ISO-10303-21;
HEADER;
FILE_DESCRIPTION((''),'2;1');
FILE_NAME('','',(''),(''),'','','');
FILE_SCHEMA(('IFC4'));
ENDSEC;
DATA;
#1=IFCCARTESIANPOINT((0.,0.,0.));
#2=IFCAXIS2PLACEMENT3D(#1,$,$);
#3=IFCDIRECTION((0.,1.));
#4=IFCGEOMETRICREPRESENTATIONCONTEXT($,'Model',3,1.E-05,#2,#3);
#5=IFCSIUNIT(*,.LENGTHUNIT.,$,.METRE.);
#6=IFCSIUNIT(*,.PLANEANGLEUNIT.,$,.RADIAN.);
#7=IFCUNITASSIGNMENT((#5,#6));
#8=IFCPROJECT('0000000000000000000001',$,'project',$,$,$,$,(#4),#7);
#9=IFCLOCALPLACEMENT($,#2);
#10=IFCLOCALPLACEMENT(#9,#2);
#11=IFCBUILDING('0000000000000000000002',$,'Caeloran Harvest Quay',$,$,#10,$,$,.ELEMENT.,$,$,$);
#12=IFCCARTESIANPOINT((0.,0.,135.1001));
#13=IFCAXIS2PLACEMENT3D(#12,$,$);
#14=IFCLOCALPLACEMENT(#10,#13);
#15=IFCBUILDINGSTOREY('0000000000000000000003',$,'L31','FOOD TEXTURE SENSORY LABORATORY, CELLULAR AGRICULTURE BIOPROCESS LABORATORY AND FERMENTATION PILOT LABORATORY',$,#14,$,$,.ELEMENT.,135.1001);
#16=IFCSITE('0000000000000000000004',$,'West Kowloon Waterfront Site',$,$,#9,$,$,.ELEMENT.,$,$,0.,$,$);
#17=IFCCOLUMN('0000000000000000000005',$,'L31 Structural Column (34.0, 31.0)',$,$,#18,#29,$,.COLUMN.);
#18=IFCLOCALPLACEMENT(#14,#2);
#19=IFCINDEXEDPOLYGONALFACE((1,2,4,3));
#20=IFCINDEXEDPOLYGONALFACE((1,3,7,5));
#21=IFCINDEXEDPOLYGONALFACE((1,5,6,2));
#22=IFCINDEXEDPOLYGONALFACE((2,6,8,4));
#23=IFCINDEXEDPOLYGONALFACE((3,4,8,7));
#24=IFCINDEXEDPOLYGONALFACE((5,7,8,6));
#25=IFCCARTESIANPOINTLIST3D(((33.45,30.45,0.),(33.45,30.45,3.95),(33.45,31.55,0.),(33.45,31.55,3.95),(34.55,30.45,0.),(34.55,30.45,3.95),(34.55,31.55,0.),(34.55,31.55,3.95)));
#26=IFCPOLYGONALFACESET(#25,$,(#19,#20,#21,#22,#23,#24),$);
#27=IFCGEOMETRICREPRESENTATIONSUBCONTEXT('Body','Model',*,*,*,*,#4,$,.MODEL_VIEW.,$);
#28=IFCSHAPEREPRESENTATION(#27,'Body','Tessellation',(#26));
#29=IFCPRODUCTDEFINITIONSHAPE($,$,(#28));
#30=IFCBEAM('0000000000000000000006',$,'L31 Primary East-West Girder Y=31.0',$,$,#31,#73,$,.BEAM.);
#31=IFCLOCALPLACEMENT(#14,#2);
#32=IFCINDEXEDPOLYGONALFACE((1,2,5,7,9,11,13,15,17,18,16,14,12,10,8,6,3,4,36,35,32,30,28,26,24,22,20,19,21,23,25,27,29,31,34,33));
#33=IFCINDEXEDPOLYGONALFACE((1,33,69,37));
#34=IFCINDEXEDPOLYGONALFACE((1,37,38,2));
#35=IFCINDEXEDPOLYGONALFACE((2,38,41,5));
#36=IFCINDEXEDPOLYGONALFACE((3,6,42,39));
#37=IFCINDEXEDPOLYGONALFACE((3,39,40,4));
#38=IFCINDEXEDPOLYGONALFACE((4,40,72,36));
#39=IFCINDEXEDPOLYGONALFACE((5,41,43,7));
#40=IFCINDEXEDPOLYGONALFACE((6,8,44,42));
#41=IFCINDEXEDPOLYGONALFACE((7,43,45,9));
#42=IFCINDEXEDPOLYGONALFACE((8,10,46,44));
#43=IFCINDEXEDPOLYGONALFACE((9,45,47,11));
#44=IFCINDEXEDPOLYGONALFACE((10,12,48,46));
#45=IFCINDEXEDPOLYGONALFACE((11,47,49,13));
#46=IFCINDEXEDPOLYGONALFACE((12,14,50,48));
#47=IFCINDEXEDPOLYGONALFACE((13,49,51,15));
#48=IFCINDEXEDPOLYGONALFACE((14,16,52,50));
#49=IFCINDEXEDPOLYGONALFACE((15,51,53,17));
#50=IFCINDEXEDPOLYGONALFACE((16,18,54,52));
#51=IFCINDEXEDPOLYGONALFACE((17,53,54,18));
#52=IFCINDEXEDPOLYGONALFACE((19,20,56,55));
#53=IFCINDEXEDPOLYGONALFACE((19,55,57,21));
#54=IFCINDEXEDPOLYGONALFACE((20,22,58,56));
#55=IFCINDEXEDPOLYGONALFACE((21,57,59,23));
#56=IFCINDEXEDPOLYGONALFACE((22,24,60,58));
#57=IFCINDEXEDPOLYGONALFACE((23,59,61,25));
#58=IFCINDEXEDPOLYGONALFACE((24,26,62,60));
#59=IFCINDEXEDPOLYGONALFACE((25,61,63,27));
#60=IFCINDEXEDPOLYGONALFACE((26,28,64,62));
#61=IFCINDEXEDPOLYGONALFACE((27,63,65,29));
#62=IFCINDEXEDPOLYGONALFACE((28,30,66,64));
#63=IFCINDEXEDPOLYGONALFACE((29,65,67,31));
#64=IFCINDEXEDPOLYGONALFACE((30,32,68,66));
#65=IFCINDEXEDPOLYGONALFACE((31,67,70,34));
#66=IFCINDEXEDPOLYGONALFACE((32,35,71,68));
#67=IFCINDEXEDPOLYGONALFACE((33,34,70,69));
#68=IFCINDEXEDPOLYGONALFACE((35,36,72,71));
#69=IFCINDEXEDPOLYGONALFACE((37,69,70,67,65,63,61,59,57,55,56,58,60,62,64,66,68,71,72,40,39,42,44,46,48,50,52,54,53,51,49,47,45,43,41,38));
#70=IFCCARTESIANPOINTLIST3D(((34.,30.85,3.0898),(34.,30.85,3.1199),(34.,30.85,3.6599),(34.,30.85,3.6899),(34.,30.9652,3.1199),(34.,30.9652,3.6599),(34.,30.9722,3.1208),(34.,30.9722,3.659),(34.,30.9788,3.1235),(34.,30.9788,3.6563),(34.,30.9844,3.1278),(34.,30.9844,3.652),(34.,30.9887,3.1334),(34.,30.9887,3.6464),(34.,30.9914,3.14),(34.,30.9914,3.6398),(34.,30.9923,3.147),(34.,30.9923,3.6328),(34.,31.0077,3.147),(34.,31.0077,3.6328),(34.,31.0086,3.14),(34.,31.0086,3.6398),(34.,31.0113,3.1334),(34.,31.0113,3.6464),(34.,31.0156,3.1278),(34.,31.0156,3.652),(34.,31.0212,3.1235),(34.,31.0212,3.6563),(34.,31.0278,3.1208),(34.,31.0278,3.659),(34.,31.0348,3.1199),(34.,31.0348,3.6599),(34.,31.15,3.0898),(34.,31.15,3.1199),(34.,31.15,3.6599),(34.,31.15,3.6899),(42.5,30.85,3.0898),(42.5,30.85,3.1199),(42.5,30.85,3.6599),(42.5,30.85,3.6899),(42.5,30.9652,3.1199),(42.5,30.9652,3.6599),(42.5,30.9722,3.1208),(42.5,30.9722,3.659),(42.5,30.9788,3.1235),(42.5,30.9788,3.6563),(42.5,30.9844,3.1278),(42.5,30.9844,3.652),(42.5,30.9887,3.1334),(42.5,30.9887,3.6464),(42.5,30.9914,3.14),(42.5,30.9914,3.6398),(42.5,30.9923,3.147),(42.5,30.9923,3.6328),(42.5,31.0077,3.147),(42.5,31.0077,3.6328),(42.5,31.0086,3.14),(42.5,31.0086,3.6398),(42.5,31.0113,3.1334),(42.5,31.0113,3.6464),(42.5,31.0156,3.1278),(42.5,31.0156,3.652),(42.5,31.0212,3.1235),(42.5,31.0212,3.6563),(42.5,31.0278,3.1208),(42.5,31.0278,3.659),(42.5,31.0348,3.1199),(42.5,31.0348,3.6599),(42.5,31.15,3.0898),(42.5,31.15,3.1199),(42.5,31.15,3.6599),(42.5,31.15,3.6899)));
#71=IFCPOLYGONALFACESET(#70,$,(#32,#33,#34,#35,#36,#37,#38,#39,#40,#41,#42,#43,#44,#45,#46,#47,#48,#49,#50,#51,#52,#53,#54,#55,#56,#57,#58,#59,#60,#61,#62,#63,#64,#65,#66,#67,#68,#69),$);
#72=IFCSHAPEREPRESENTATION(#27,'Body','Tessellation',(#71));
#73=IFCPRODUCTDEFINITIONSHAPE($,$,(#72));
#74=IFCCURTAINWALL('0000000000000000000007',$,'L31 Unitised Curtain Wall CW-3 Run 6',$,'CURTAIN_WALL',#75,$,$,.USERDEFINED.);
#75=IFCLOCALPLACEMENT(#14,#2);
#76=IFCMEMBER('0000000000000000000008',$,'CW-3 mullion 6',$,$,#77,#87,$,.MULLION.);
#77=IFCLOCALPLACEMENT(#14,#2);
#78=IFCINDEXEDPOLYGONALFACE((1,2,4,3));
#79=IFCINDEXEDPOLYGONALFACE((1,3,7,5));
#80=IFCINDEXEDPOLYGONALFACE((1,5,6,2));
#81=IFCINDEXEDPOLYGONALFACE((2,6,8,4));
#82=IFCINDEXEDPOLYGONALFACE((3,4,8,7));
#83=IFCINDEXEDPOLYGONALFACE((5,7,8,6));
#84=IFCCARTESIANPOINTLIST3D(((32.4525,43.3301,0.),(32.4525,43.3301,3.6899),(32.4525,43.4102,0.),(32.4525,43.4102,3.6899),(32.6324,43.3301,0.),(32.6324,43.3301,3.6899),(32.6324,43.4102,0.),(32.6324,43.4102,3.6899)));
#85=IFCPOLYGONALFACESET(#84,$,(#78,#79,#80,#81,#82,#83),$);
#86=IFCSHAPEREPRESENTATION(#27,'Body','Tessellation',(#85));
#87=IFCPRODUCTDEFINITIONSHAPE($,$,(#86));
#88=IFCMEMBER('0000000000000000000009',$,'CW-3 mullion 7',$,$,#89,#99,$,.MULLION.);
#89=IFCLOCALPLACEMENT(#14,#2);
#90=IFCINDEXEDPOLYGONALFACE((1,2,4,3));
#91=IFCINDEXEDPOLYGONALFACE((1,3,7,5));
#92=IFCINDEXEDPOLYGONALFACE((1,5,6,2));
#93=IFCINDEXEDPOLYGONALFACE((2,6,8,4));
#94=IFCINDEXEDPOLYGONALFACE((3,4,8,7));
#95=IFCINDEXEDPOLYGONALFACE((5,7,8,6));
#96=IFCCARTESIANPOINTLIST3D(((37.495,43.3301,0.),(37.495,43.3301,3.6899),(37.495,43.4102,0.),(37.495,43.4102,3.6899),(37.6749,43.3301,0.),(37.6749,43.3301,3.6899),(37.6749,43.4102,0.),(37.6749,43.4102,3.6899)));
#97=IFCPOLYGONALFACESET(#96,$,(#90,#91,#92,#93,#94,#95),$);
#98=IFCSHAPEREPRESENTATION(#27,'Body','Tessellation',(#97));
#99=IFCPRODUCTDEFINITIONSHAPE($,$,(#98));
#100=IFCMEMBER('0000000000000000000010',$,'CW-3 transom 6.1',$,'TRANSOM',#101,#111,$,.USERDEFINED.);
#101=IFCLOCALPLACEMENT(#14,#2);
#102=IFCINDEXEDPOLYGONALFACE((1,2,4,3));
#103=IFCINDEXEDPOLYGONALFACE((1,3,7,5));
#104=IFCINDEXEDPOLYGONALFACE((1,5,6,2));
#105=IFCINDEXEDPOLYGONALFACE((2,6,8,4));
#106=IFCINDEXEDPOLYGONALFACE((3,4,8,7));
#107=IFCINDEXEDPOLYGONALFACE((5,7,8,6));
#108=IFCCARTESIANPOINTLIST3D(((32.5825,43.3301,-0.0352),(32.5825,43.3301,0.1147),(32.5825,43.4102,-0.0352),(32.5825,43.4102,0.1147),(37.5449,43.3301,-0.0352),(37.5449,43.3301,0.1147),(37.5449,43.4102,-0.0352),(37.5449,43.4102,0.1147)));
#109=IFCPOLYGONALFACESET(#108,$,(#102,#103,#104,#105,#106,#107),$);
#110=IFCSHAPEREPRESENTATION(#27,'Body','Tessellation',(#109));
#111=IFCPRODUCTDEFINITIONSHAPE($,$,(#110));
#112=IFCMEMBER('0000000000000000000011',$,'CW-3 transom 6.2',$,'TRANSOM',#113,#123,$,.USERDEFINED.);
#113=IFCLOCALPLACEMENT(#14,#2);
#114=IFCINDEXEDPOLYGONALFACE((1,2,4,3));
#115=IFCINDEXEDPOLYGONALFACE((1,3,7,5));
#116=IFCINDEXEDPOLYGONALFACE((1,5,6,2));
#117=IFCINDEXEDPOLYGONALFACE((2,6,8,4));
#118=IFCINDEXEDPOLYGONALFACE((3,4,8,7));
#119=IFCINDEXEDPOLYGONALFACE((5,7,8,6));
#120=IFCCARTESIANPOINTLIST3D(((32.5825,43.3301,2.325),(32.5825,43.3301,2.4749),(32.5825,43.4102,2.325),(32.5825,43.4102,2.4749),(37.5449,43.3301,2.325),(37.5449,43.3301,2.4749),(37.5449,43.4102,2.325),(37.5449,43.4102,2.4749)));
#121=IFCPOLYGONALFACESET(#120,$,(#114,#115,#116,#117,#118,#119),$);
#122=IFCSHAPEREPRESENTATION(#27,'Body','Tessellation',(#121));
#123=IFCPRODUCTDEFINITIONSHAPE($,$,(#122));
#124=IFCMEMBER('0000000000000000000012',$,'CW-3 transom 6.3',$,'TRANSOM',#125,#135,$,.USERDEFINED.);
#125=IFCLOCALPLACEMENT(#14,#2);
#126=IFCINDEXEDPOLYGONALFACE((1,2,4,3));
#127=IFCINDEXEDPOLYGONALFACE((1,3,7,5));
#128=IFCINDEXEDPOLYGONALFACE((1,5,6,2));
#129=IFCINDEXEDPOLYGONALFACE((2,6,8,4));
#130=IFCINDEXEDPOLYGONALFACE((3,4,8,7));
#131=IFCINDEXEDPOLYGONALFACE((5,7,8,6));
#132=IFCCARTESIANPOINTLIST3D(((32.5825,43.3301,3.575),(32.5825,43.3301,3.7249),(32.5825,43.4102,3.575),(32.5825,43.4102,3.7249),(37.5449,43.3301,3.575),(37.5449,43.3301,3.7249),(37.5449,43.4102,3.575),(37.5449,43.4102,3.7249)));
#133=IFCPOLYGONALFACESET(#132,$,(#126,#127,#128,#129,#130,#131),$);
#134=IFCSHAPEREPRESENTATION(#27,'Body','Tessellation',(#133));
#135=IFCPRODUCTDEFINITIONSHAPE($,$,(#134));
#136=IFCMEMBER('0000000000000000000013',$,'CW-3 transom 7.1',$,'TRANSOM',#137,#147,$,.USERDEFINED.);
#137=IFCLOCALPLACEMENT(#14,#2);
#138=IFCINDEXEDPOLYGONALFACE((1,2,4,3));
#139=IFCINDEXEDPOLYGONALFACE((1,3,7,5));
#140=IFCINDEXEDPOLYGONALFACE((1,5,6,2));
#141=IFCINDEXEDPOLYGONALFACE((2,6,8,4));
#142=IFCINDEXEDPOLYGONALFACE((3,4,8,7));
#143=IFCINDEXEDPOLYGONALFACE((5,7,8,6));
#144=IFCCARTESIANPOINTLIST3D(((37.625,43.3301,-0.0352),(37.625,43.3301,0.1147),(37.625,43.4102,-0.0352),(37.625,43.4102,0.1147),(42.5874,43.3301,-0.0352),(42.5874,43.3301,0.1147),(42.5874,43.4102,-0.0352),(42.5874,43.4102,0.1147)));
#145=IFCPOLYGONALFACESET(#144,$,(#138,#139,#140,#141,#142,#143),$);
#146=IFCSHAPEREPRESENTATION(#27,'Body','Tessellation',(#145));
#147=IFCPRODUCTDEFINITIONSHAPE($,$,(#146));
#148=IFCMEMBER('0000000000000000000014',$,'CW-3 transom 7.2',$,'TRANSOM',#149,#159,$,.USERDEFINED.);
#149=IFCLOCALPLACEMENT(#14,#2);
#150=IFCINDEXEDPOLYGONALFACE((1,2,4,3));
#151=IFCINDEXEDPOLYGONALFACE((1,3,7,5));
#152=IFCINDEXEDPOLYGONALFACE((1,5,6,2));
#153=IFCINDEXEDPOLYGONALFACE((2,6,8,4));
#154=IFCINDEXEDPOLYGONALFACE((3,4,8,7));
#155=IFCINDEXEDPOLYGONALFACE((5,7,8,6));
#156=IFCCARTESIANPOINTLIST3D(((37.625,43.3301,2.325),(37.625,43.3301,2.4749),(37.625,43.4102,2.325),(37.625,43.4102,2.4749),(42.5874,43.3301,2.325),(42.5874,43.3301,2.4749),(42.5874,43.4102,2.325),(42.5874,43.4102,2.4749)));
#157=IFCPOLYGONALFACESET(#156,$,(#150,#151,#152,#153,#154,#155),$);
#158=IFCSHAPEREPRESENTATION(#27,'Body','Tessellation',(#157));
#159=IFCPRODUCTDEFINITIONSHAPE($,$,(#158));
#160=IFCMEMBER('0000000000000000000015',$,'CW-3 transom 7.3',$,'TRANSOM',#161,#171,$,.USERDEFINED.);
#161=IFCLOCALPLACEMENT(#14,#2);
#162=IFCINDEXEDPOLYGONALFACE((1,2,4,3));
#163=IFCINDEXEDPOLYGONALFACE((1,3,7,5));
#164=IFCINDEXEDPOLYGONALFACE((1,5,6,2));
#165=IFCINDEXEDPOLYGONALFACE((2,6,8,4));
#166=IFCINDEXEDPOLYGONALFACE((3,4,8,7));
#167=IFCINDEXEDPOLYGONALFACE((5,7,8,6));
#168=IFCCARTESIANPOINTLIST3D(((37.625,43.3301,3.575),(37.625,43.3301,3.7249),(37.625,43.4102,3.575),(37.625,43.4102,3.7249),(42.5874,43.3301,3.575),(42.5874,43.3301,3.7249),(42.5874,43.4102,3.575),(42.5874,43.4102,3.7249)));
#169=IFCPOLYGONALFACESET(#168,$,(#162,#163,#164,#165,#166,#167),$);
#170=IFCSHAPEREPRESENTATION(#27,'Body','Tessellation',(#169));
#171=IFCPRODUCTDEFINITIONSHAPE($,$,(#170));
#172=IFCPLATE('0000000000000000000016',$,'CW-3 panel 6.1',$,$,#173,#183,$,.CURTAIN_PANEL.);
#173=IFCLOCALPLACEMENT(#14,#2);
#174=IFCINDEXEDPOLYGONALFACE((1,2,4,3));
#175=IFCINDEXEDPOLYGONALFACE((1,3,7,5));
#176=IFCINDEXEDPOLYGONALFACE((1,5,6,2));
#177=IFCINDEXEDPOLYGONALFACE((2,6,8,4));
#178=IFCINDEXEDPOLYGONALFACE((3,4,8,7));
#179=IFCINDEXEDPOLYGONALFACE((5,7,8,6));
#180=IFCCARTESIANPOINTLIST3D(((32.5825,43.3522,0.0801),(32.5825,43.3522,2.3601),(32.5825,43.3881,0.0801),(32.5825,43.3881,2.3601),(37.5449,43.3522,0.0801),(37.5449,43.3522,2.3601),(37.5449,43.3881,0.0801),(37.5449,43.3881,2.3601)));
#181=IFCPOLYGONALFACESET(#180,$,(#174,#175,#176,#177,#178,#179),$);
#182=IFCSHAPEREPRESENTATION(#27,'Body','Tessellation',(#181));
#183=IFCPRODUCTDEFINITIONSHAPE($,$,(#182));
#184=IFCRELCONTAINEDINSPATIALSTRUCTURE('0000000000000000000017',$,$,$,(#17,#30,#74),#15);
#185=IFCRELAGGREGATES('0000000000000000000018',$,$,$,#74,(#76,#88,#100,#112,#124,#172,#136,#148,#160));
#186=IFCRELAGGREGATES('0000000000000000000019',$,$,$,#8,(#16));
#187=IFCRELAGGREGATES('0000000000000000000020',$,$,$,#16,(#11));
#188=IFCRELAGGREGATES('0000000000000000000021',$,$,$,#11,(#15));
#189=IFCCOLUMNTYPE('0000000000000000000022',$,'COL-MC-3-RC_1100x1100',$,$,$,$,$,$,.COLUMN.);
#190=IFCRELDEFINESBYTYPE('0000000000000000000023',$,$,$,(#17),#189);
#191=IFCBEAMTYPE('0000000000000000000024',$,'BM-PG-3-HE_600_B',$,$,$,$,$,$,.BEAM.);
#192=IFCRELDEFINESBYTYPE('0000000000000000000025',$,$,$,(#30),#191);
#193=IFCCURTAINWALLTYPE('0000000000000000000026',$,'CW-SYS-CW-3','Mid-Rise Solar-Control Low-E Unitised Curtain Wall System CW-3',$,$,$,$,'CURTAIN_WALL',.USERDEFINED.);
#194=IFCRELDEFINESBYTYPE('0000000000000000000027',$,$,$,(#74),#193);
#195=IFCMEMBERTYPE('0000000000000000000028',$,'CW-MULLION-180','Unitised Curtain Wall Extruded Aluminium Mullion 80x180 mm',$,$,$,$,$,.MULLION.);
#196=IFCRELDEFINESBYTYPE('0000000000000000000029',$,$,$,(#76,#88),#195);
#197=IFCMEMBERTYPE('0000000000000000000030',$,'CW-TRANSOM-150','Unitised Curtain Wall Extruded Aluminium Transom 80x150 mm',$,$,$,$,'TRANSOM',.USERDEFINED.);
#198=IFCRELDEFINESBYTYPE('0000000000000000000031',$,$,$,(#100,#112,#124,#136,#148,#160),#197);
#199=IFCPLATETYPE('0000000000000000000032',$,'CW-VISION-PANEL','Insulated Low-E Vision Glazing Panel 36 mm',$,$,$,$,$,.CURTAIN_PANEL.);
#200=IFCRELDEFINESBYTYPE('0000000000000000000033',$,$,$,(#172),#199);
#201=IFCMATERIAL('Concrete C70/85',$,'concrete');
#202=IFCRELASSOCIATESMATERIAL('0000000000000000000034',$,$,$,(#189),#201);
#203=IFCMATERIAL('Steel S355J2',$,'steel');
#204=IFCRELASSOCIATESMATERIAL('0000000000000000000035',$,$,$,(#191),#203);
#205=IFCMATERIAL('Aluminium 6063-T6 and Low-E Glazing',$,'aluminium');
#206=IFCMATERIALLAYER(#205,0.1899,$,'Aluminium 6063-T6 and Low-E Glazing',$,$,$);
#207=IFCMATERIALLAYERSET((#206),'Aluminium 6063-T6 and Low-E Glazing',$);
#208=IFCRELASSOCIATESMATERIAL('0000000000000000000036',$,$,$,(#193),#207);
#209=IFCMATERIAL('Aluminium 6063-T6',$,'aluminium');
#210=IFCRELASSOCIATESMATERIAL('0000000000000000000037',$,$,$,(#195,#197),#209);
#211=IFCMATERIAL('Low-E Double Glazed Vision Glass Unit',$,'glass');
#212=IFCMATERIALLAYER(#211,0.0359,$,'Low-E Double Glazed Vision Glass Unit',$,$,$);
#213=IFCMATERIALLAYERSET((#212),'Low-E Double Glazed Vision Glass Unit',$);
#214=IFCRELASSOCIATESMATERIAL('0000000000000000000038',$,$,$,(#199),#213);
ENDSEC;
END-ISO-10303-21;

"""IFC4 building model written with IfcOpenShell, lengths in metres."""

from ifc_helpers import new_model, si_unit, direction, frame, origin, origin_2d, place, context, subcontext, project, spatial, rectangle, i_section, extrude, material, layer, layer_set, material_profile, profile_set, type_object, element, aggregate, save


model = new_model("IFC4")

# Units and contexts
model_context = context("Model", 3, precision=1e-05, world=origin(), true_north=direction((0.0, 1.0)))
body_context = subcontext(model_context, "Body", "Model", "MODEL_VIEW")
ifc_project = project(units=[si_unit("LENGTHUNIT", "METRE"), si_unit("PLANEANGLEUNIT", "RADIAN")], contexts=[model_context])

# Site, building, storey
site_placement = place(None, origin())
site = spatial("IfcSite", under=ifc_project, at=site_placement, Name="West Kowloon Waterfront Site", CompositionType="ELEMENT", RefElevation=0.0)
building_placement = place(site_placement, origin())
building = spatial("IfcBuilding", under=site, at=building_placement, Name="Caeloran Harvest Quay", CompositionType="ELEMENT")
storey_placement = place(building_placement, frame((0.0, 0.0, 135.1001)))
storey = spatial("IfcBuildingStorey", under=building, at=storey_placement, Name="L31", Description="FOOD TEXTURE SENSORY LABORATORY, CELLULAR AGRICULTURE BIOPROCESS LABORATORY AND FERMENTATION PILOT LABORATORY", CompositionType="ELEMENT", Elevation=135.1001)

# Column
ifc_material_1 = material(Name="Concrete C70/85", Category="concrete")
ifc_material_profile_1 = material_profile(ifc_material_1, rectangle(XDim=1.1001, YDim=1.1001, at=origin_2d()), Name="RC 1100x1100")
ifc_profile_set_1 = profile_set([ifc_material_profile_1], Name="Concrete C70/85")
column_type = type_object("IfcColumnType", Name="COL-MC-3-RC_1100x1100", PredefinedType="COLUMN", material=ifc_profile_set_1)
column_placement = place(storey_placement, frame((34.0, 31.0, 0.0), z_axis=(0.0, 0.0, 1.0), x_axis=(1.0, 0.0, 0.0)))
element("IfcColumn", 1, at=column_placement, inside=storey, type_object=column_type, Name="L31 Structural Column (34.0, 31.0)", PredefinedType="COLUMN", context=body_context, shape_type="SweptSolid", body=[
    extrude(rectangle(XDim=1.1001, YDim=1.1001, at=origin_2d()), origin(), (0.0, 0.0, 1.0), 3.95),
])

# Beam
ifc_material_2 = material(Name="Steel S355J2", Category="steel")
ifc_material_profile_2 = material_profile(ifc_material_2, i_section(OverallWidth=0.3, OverallDepth=0.6001, WebThickness=0.0154, FlangeThickness=0.03, FilletRadius=0.0271, at=origin_2d()), Name="HE 600 B")
ifc_profile_set_2 = profile_set([ifc_material_profile_2], Name="Steel S355J2")
beam_type = type_object("IfcBeamType", Name="BM-PG-3-HE_600_B", PredefinedType="BEAM", material=ifc_profile_set_2)
beam_placement = place(storey_placement, frame((34.0, 31.0, 3.3899), z_axis=(1.0, 0.0, 0.0), x_axis=(0.0, 1.0, 0.0)))
element("IfcBeam", 2, at=beam_placement, inside=storey, type_object=beam_type, Name="L31 Primary East-West Girder Y=31.0", PredefinedType="BEAM", context=body_context, shape_type="SweptSolid", body=[
    extrude(i_section(OverallWidth=0.3, OverallDepth=0.6001, WebThickness=0.0154, FlangeThickness=0.03, FilletRadius=0.0271, at=origin_2d()), origin(), (0.0, 0.0, 1.0), 8.5),
])

# Curtain wall, members, plate
ifc_material_3 = material(Name="Aluminium 6063-T6 and Low-E Glazing", Category="aluminium")
ifc_layer_1 = layer(ifc_material_3, 0.1899, Name="Aluminium 6063-T6 and Low-E Glazing")
ifc_layer_set_1 = layer_set([ifc_layer_1], Name="Aluminium 6063-T6 and Low-E Glazing")
curtain_wall_type = type_object("IfcCurtainWallType", Name="CW-SYS-CW-3", Description="Mid-Rise Solar-Control Low-E Unitised Curtain Wall System CW-3", ElementType="CURTAIN_WALL", PredefinedType="USERDEFINED", material=ifc_layer_set_1)
curtain_wall_placement = place(storey_placement, origin())
curtain_wall = element("IfcCurtainWall", 3, at=curtain_wall_placement, inside=storey, type_object=curtain_wall_type, Name="L31 Unitised Curtain Wall CW-3 Run 6", ObjectType="CURTAIN_WALL", PredefinedType="USERDEFINED")
ifc_material_4 = material(Name="Aluminium 6063-T6", Category="aluminium")
ifc_material_profile_3 = material_profile(ifc_material_4, rectangle(XDim=0.0801, YDim=0.1799, at=origin_2d()), Name="CW-MULLION-180")
ifc_profile_set_3 = profile_set([ifc_material_profile_3], Name="Aluminium 6063-T6")
member_type_1 = type_object("IfcMemberType", Name="CW-MULLION-180", Description="Unitised Curtain Wall Extruded Aluminium Mullion 80x180 mm", PredefinedType="MULLION", material=ifc_profile_set_3)
member_1_placement = place(storey_placement, frame((32.5425, 43.3701, 0.0), z_axis=(0.0, 0.0, 1.0), x_axis=(0.0, 1.0, 0.0)))
member_1 = element("IfcMember", 4, at=member_1_placement, type_object=member_type_1, Name="CW-3 mullion 6", PredefinedType="MULLION", context=body_context, shape_type="SweptSolid", body=[
    extrude(rectangle(XDim=0.0801, YDim=0.1799, at=origin_2d()), origin(), (0.0, 0.0, 1.0), 3.6899),
])
member_2_placement = place(storey_placement, frame((37.585, 43.3701, 0.0), z_axis=(0.0, 0.0, 1.0), x_axis=(0.0, 1.0, 0.0)))
member_2 = element("IfcMember", 5, at=member_2_placement, type_object=member_type_1, Name="CW-3 mullion 7", PredefinedType="MULLION", context=body_context, shape_type="SweptSolid", body=[
    extrude(rectangle(XDim=0.0801, YDim=0.1799, at=origin_2d()), origin(), (0.0, 0.0, 1.0), 3.6899),
])
ifc_material_profile_4 = material_profile(ifc_material_4, rectangle(XDim=0.0801, YDim=0.1499, at=origin_2d()), Name="CW-TRANSOM-150")
ifc_profile_set_4 = profile_set([ifc_material_profile_4], Name="Aluminium 6063-T6")
member_type_2 = type_object("IfcMemberType", Name="CW-TRANSOM-150", Description="Unitised Curtain Wall Extruded Aluminium Transom 80x150 mm", ElementType="TRANSOM", PredefinedType="USERDEFINED", material=ifc_profile_set_4)
member_3_placement = place(storey_placement, frame((32.5825, 43.3701, 0.0398), z_axis=(1.0, 0.0, 0.0), x_axis=(0.0, 1.0, 0.0)))
member_3 = element("IfcMember", 6, at=member_3_placement, type_object=member_type_2, Name="CW-3 transom 6.1", ObjectType="TRANSOM", PredefinedType="USERDEFINED", context=body_context, shape_type="SweptSolid", body=[
    extrude(rectangle(XDim=0.0801, YDim=0.1499, at=origin_2d()), origin(), (0.0, 0.0, 1.0), 4.9624),
])
member_4_placement = place(storey_placement, frame((32.5825, 43.3701, 2.3999), z_axis=(1.0, 0.0, 0.0), x_axis=(0.0, 1.0, 0.0)))
member_4 = element("IfcMember", 7, at=member_4_placement, type_object=member_type_2, Name="CW-3 transom 6.2", ObjectType="TRANSOM", PredefinedType="USERDEFINED", context=body_context, shape_type="SweptSolid", body=[
    extrude(rectangle(XDim=0.0801, YDim=0.1499, at=origin_2d()), origin(), (0.0, 0.0, 1.0), 4.9624),
])
member_5_placement = place(storey_placement, frame((32.5825, 43.3701, 3.6499), z_axis=(1.0, 0.0, 0.0), x_axis=(0.0, 1.0, 0.0)))
member_5 = element("IfcMember", 8, at=member_5_placement, type_object=member_type_2, Name="CW-3 transom 6.3", ObjectType="TRANSOM", PredefinedType="USERDEFINED", context=body_context, shape_type="SweptSolid", body=[
    extrude(rectangle(XDim=0.0801, YDim=0.1499, at=origin_2d()), origin(), (0.0, 0.0, 1.0), 4.9624),
])
member_6_placement = place(storey_placement, frame((37.625, 43.3701, 0.0398), z_axis=(1.0, 0.0, 0.0), x_axis=(0.0, 1.0, 0.0)))
member_6 = element("IfcMember", 9, at=member_6_placement, type_object=member_type_2, Name="CW-3 transom 7.1", ObjectType="TRANSOM", PredefinedType="USERDEFINED", context=body_context, shape_type="SweptSolid", body=[
    extrude(rectangle(XDim=0.0801, YDim=0.1499, at=origin_2d()), origin(), (0.0, 0.0, 1.0), 4.9624),
])
member_7_placement = place(storey_placement, frame((37.625, 43.3701, 2.3999), z_axis=(1.0, 0.0, 0.0), x_axis=(0.0, 1.0, 0.0)))
member_7 = element("IfcMember", 10, at=member_7_placement, type_object=member_type_2, Name="CW-3 transom 7.2", ObjectType="TRANSOM", PredefinedType="USERDEFINED", context=body_context, shape_type="SweptSolid", body=[
    extrude(rectangle(XDim=0.0801, YDim=0.1499, at=origin_2d()), origin(), (0.0, 0.0, 1.0), 4.9624),
])
member_8_placement = place(storey_placement, frame((37.625, 43.3701, 3.6499), z_axis=(1.0, 0.0, 0.0), x_axis=(0.0, 1.0, 0.0)))
member_8 = element("IfcMember", 11, at=member_8_placement, type_object=member_type_2, Name="CW-3 transom 7.3", ObjectType="TRANSOM", PredefinedType="USERDEFINED", context=body_context, shape_type="SweptSolid", body=[
    extrude(rectangle(XDim=0.0801, YDim=0.1499, at=origin_2d()), origin(), (0.0, 0.0, 1.0), 4.9624),
])
ifc_material_5 = material(Name="Low-E Double Glazed Vision Glass Unit", Category="glass")
ifc_layer_2 = layer(ifc_material_5, 0.0359, Name="Low-E Double Glazed Vision Glass Unit")
ifc_layer_set_2 = layer_set([ifc_layer_2], Name="Low-E Double Glazed Vision Glass Unit")
plate_type = type_object("IfcPlateType", Name="CW-VISION-PANEL", Description="Insulated Low-E Vision Glazing Panel 36 mm", PredefinedType="CURTAIN_PANEL", material=ifc_layer_set_2)
plate_1_placement = place(storey_placement, frame((35.0637, 43.3701, 0.0801), z_axis=(0.0, 0.0, 1.0), x_axis=(1.0, 0.0, 0.0)))
plate_1 = element("IfcPlate", 12, at=plate_1_placement, type_object=plate_type, Name="CW-3 panel 6.1", PredefinedType="CURTAIN_PANEL", context=body_context, shape_type="SweptSolid", body=[
    extrude(rectangle(XDim=4.9624, YDim=0.0359, at=origin_2d()), origin(), (0.0, 0.0, 1.0), 2.28),
])
aggregate(curtain_wall, [member_1, member_2, member_3, member_4, member_5, plate_1, member_6, member_7, member_8])

save(model, "model.ifc")
